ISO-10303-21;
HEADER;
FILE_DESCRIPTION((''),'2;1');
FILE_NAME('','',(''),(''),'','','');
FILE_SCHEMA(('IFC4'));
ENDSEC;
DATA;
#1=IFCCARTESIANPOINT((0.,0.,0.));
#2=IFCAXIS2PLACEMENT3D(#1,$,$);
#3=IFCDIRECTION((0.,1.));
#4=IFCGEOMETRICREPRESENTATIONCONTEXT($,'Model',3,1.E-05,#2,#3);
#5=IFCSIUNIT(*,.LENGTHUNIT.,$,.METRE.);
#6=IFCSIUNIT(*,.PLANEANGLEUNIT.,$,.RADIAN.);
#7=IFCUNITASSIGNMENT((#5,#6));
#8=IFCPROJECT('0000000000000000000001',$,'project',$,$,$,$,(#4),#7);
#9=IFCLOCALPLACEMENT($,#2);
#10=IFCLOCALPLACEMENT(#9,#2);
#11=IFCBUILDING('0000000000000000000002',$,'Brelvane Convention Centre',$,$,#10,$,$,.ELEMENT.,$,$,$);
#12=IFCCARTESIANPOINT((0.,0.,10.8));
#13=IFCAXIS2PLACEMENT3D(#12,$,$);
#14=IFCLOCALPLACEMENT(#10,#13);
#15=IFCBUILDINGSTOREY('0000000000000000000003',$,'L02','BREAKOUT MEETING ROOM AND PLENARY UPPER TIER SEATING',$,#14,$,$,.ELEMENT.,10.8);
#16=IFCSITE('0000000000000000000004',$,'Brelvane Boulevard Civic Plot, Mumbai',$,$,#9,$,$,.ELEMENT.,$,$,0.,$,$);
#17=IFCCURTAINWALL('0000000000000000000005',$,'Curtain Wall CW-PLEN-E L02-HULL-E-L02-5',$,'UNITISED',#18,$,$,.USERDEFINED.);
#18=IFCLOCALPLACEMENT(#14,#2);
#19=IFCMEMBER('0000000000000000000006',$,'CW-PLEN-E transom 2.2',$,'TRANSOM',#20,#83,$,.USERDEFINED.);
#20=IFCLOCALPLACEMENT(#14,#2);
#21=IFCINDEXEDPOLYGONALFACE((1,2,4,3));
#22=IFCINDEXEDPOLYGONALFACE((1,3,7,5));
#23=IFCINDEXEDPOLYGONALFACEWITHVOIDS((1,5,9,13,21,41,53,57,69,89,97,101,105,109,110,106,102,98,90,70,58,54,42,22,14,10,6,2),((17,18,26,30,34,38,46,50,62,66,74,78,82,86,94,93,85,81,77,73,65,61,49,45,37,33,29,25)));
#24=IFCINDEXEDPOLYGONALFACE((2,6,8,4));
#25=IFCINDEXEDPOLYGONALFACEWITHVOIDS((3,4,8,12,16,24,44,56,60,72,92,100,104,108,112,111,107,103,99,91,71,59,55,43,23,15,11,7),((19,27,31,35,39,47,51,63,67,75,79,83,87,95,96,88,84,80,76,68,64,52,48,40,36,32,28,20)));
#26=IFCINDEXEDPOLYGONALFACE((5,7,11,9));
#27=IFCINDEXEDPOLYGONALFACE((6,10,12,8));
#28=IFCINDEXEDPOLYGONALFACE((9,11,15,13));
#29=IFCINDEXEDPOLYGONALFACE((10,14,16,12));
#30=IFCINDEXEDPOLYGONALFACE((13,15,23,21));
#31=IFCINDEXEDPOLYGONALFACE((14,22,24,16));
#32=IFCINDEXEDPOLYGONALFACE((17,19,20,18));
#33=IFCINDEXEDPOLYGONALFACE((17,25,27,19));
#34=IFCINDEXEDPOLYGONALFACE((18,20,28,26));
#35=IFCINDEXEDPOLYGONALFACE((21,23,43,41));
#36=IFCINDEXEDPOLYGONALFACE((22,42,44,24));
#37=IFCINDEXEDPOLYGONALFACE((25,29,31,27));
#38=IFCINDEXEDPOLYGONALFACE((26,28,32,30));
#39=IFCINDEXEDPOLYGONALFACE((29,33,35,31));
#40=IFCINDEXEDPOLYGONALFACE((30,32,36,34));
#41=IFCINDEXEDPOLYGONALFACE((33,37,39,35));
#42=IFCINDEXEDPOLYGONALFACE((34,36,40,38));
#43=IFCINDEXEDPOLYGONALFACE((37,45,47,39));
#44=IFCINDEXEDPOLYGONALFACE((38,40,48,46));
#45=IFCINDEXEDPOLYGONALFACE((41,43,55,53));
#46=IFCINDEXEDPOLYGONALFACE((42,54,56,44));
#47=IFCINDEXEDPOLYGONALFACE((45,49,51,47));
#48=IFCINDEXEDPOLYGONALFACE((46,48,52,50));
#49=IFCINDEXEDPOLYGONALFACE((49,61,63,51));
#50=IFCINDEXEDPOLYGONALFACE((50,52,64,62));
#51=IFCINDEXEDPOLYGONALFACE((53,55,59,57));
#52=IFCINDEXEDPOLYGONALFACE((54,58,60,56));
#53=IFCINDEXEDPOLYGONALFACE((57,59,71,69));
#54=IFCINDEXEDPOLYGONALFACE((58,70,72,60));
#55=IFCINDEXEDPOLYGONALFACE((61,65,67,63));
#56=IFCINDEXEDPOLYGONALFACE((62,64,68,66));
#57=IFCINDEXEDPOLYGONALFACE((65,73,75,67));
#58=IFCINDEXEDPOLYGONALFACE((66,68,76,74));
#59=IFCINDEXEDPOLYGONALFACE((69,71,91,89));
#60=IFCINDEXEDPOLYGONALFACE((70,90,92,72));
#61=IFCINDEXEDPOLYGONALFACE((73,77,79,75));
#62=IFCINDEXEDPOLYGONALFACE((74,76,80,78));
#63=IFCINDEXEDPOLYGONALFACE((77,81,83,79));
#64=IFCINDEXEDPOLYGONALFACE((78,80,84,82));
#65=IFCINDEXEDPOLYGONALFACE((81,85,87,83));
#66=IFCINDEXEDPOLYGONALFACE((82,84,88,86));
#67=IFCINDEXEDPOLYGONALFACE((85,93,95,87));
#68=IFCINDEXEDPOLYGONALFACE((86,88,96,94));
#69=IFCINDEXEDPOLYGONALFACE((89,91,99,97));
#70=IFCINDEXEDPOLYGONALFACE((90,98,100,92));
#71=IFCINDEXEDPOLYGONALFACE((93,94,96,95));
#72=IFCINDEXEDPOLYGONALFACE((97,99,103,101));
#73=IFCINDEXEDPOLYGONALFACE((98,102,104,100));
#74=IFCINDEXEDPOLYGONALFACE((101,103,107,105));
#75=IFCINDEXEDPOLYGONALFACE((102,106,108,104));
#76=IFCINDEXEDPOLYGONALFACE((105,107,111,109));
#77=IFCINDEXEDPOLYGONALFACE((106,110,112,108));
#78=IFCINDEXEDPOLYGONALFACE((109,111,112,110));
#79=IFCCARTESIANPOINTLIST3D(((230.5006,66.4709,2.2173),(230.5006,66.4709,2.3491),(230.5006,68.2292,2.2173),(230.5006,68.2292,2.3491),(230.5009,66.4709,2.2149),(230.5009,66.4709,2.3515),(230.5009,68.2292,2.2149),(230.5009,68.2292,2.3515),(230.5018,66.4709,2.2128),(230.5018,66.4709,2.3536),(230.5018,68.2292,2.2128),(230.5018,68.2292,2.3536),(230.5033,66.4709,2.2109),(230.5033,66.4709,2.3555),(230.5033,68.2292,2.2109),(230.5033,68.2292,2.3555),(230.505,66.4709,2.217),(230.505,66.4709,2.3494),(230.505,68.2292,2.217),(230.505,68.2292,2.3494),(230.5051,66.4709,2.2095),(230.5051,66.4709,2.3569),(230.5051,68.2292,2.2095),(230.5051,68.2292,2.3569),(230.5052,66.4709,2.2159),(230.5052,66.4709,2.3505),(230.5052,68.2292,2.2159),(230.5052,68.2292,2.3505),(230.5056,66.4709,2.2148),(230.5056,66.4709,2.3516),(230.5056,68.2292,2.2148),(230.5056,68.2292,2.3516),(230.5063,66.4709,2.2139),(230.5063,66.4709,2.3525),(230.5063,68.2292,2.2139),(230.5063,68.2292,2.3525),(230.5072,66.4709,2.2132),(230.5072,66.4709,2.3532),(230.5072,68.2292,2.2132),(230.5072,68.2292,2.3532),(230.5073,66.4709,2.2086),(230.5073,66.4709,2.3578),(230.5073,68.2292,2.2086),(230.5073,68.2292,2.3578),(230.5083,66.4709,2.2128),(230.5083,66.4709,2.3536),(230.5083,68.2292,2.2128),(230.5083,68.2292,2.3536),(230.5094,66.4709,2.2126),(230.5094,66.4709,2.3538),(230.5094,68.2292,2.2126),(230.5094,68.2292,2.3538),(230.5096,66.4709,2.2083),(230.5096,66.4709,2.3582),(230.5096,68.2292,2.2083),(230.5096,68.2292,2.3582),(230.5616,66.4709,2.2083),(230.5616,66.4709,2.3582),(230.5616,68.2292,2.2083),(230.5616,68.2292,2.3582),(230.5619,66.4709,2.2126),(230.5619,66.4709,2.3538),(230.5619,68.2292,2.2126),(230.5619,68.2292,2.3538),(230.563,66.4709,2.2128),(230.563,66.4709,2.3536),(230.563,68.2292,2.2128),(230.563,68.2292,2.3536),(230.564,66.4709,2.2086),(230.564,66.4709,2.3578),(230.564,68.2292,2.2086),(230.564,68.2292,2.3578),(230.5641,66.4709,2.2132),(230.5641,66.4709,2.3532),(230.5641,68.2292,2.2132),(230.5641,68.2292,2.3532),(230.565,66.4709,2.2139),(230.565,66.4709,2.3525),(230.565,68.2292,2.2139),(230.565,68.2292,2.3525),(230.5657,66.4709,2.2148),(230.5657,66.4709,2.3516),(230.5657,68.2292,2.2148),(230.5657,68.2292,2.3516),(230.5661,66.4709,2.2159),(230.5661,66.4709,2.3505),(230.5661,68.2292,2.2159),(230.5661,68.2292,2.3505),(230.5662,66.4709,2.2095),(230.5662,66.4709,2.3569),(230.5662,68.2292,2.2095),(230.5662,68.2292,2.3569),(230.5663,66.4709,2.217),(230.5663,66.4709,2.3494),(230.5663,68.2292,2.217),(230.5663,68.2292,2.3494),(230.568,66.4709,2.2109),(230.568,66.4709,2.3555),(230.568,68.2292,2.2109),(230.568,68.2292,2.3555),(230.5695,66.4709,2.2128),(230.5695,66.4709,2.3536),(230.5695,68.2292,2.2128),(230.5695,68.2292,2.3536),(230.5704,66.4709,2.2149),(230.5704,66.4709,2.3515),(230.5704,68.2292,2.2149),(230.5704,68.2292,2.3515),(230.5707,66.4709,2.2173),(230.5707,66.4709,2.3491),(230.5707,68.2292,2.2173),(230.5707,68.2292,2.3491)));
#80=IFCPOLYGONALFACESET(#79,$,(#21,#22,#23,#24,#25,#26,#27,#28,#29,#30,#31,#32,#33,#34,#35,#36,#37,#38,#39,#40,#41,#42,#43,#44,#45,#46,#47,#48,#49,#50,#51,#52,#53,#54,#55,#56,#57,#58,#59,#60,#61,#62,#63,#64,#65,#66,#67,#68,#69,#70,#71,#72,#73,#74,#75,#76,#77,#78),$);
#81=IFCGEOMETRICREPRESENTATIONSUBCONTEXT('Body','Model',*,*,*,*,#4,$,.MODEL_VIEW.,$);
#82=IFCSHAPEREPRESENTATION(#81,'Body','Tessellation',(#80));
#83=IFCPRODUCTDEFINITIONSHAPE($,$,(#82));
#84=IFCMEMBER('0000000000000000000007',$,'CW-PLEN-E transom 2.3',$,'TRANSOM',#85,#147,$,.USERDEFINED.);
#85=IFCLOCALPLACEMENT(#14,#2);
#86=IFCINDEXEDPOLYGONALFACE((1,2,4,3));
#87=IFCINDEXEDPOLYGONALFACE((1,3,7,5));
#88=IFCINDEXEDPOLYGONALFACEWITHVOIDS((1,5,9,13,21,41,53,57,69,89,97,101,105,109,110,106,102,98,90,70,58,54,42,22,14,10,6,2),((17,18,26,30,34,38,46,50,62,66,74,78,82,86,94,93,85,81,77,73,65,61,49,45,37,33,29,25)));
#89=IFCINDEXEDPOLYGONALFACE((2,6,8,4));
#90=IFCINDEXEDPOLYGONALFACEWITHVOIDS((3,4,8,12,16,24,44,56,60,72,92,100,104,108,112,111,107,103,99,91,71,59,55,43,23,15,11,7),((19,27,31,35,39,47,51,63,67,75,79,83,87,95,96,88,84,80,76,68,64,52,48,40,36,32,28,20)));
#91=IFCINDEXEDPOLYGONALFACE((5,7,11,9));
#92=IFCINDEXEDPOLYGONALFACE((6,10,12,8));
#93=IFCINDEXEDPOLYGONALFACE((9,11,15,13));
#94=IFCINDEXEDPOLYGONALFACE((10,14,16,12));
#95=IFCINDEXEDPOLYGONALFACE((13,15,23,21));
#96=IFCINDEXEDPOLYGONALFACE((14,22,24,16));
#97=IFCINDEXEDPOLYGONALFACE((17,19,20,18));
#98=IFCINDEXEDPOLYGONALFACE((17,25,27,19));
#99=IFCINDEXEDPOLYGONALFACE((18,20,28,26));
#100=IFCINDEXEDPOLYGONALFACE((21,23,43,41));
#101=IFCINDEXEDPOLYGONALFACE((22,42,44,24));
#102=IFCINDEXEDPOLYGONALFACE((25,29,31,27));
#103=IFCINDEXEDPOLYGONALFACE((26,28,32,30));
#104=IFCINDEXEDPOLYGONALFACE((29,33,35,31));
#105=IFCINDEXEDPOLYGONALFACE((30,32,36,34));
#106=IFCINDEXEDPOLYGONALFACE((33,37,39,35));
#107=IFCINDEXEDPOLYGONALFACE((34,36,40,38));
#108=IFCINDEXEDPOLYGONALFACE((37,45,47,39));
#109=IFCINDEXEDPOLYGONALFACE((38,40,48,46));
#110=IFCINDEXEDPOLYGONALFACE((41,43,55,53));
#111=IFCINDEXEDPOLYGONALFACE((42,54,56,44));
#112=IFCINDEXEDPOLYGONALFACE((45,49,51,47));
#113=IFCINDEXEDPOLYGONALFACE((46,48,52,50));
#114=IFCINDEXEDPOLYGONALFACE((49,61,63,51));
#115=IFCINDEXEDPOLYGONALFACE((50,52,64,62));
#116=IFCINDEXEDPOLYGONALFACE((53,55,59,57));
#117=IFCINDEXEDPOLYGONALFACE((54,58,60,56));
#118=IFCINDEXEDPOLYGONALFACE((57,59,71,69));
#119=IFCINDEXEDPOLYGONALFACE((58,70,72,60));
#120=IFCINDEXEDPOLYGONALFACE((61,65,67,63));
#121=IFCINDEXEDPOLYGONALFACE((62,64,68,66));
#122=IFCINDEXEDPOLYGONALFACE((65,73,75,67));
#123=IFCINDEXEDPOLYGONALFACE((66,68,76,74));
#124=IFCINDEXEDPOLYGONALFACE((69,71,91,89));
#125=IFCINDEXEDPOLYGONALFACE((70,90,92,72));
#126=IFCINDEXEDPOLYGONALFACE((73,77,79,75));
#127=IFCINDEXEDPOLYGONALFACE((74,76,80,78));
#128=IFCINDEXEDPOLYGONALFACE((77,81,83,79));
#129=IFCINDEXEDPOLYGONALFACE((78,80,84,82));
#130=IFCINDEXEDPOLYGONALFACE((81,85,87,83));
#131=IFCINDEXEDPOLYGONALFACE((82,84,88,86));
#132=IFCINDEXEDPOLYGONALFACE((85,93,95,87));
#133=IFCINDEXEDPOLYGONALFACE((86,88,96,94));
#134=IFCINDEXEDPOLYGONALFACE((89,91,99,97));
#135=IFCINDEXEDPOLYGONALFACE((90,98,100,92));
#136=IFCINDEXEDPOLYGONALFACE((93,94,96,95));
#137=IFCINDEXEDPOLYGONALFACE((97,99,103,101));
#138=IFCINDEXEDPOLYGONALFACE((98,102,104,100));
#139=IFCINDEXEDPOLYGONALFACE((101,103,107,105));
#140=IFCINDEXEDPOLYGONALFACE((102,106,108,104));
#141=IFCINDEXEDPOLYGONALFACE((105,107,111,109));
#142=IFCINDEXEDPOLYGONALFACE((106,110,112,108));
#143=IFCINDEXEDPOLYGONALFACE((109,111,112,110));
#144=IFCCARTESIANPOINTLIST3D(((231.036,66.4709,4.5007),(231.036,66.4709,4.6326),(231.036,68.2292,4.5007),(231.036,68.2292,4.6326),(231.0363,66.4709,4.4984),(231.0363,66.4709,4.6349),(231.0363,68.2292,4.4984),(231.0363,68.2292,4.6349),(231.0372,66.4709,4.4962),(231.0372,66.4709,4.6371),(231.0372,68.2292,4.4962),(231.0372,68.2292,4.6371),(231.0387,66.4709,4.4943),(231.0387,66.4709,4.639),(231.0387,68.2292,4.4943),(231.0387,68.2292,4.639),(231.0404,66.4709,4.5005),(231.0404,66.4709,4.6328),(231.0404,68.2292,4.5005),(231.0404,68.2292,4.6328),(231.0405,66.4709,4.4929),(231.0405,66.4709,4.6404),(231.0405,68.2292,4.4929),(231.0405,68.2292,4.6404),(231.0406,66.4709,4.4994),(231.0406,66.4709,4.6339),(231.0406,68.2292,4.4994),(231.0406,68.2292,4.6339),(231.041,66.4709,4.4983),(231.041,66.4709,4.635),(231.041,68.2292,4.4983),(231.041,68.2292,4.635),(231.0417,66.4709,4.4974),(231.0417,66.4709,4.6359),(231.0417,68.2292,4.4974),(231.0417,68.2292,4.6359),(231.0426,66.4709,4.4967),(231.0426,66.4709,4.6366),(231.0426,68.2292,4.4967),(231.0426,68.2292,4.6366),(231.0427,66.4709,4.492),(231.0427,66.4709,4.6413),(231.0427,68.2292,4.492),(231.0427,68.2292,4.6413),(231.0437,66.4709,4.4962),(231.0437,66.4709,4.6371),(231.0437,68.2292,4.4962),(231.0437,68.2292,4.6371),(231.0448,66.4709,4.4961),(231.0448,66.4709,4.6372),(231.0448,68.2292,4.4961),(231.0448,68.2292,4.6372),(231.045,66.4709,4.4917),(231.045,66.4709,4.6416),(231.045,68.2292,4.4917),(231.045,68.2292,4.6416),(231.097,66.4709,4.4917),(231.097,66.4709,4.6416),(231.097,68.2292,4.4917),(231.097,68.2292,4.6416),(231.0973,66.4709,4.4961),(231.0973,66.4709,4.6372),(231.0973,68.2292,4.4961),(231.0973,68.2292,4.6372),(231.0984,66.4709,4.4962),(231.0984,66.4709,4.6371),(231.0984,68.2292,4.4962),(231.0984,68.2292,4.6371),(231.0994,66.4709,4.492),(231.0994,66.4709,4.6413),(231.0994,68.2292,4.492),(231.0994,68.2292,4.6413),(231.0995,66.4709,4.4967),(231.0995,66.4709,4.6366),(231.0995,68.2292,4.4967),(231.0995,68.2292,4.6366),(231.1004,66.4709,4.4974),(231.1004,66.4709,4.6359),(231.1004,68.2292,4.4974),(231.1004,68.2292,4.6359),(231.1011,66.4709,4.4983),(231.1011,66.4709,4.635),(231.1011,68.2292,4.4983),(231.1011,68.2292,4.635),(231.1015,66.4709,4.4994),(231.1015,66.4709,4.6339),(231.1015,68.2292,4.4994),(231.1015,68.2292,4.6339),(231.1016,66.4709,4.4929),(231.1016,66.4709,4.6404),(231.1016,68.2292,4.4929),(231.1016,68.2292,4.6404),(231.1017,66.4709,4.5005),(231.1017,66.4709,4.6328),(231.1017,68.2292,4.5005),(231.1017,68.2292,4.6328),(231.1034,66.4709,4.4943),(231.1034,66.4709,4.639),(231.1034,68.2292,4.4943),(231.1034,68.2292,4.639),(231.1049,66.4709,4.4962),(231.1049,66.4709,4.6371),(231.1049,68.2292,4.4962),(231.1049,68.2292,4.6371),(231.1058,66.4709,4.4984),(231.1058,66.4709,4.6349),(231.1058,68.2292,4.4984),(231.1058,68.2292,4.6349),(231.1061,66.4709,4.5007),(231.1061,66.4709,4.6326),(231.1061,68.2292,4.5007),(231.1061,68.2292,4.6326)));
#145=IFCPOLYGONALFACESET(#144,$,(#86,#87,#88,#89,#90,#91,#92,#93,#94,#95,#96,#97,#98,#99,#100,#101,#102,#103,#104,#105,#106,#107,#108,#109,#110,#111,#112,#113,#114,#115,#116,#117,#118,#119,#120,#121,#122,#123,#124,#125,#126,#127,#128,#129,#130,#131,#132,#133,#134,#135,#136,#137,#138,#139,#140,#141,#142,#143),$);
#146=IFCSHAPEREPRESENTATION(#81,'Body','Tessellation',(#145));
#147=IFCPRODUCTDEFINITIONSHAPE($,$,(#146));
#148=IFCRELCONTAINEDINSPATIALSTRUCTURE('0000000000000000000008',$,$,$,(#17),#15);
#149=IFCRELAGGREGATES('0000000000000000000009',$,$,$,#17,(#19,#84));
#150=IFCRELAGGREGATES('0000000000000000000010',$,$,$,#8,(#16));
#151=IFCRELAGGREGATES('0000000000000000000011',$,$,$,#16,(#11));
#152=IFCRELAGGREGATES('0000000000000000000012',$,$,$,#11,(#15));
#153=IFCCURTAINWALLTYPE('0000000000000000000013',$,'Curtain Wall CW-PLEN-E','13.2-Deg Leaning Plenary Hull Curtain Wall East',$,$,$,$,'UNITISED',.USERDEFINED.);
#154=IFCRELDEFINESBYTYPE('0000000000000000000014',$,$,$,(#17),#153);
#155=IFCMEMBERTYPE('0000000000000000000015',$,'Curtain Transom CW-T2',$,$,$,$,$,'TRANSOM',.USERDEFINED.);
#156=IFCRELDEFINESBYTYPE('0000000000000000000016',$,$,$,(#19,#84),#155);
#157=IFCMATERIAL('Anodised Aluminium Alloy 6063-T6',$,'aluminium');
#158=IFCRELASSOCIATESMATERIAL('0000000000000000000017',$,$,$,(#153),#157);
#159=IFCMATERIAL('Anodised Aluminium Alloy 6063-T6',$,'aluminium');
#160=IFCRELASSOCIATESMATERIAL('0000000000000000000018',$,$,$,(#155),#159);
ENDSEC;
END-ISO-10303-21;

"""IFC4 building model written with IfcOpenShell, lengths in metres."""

from ifc_helpers import new_model, si_unit, direction, frame, origin, origin_2d, place, context, subcontext, project, spatial, hollow_rectangle, extrude, material, material_profile, profile_set, type_object, element, aggregate, save


model = new_model("IFC4")

# Units and contexts
model_context = context("Model", 3, precision=1e-05, world=origin(), true_north=direction((0.0, 1.0)))
body_context = subcontext(model_context, "Body", "Model", "MODEL_VIEW")
ifc_project = project(units=[si_unit("LENGTHUNIT", "METRE"), si_unit("PLANEANGLEUNIT", "RADIAN")], contexts=[model_context])

# Site, building, storey
site_placement = place(None, origin())
site = spatial("IfcSite", under=ifc_project, at=site_placement, Name="Brelvane Boulevard Civic Plot, Mumbai", CompositionType="ELEMENT", RefElevation=0.0)
building_placement = place(site_placement, origin())
building = spatial("IfcBuilding", under=site, at=building_placement, Name="Brelvane Convention Centre", CompositionType="ELEMENT")
storey_placement = place(building_placement, frame((0.0, 0.0, 10.8)))
storey = spatial("IfcBuildingStorey", under=building, at=storey_placement, Name="L02", Description="BREAKOUT MEETING ROOM AND PLENARY UPPER TIER SEATING", CompositionType="ELEMENT", Elevation=10.8)

# Curtain wall, members
ifc_material_1 = material(Name="Anodised Aluminium Alloy 6063-T6", Category="aluminium")
curtain_wall_type = type_object("IfcCurtainWallType", Name="Curtain Wall CW-PLEN-E", Description="13.2-Deg Leaning Plenary Hull Curtain Wall East", ElementType="UNITISED", PredefinedType="USERDEFINED", material=ifc_material_1)
curtain_wall_1_placement = place(storey_placement, origin())
curtain_wall_1 = element("IfcCurtainWall", 1, at=curtain_wall_1_placement, inside=storey, type_object=curtain_wall_type, Name="Curtain Wall CW-PLEN-E L02-HULL-E-L02-5", ObjectType="UNITISED", PredefinedType="USERDEFINED")
ifc_material_2 = material(Name="Anodised Aluminium Alloy 6063-T6", Category="aluminium")
ifc_material_profile = material_profile(ifc_material_2, hollow_rectangle(XDim=0.0701, YDim=0.1499, WallThickness=0.0044, InnerFilletRadius=0.0044, OuterFilletRadius=0.009, at=origin_2d()), Name="ALU-T 150x70x4.5")
ifc_profile_set = profile_set([ifc_material_profile], Name="Anodised Aluminium Alloy 6063-T6")
member_type = type_object("IfcMemberType", Name="Curtain Transom CW-T2", ElementType="TRANSOM", PredefinedType="USERDEFINED", material=ifc_profile_set)
member_1_placement = place(storey_placement, frame((230.5356, 66.4709, 2.2832), z_axis=(0.0, 1.0, 0.0), x_axis=(-1.0, 0.0, 0.0)))
member_1 = element("IfcMember", 2, at=member_1_placement, type_object=member_type, Name="CW-PLEN-E transom 2.2", ObjectType="TRANSOM", PredefinedType="USERDEFINED", context=body_context, shape_type="SweptSolid", body=[
    extrude(hollow_rectangle(XDim=0.0701, YDim=0.1499, WallThickness=0.0044, InnerFilletRadius=0.0044, OuterFilletRadius=0.009, at=origin_2d()), origin(), (0.0, 0.0, 1.0), 1.7583),
])
member_2_placement = place(storey_placement, frame((231.071, 66.4709, 4.5667), z_axis=(0.0, 1.0, 0.0), x_axis=(-1.0, 0.0, 0.0)))
member_2 = element("IfcMember", 3, at=member_2_placement, type_object=member_type, Name="CW-PLEN-E transom 2.3", ObjectType="TRANSOM", PredefinedType="USERDEFINED", context=body_context, shape_type="SweptSolid", body=[
    extrude(hollow_rectangle(XDim=0.0701, YDim=0.1499, WallThickness=0.0044, InnerFilletRadius=0.0044, OuterFilletRadius=0.009, at=origin_2d()), origin(), (0.0, 0.0, 1.0), 1.7583),
])

aggregate(curtain_wall_1, [member_1, member_2])

save(model, "model.ifc")
